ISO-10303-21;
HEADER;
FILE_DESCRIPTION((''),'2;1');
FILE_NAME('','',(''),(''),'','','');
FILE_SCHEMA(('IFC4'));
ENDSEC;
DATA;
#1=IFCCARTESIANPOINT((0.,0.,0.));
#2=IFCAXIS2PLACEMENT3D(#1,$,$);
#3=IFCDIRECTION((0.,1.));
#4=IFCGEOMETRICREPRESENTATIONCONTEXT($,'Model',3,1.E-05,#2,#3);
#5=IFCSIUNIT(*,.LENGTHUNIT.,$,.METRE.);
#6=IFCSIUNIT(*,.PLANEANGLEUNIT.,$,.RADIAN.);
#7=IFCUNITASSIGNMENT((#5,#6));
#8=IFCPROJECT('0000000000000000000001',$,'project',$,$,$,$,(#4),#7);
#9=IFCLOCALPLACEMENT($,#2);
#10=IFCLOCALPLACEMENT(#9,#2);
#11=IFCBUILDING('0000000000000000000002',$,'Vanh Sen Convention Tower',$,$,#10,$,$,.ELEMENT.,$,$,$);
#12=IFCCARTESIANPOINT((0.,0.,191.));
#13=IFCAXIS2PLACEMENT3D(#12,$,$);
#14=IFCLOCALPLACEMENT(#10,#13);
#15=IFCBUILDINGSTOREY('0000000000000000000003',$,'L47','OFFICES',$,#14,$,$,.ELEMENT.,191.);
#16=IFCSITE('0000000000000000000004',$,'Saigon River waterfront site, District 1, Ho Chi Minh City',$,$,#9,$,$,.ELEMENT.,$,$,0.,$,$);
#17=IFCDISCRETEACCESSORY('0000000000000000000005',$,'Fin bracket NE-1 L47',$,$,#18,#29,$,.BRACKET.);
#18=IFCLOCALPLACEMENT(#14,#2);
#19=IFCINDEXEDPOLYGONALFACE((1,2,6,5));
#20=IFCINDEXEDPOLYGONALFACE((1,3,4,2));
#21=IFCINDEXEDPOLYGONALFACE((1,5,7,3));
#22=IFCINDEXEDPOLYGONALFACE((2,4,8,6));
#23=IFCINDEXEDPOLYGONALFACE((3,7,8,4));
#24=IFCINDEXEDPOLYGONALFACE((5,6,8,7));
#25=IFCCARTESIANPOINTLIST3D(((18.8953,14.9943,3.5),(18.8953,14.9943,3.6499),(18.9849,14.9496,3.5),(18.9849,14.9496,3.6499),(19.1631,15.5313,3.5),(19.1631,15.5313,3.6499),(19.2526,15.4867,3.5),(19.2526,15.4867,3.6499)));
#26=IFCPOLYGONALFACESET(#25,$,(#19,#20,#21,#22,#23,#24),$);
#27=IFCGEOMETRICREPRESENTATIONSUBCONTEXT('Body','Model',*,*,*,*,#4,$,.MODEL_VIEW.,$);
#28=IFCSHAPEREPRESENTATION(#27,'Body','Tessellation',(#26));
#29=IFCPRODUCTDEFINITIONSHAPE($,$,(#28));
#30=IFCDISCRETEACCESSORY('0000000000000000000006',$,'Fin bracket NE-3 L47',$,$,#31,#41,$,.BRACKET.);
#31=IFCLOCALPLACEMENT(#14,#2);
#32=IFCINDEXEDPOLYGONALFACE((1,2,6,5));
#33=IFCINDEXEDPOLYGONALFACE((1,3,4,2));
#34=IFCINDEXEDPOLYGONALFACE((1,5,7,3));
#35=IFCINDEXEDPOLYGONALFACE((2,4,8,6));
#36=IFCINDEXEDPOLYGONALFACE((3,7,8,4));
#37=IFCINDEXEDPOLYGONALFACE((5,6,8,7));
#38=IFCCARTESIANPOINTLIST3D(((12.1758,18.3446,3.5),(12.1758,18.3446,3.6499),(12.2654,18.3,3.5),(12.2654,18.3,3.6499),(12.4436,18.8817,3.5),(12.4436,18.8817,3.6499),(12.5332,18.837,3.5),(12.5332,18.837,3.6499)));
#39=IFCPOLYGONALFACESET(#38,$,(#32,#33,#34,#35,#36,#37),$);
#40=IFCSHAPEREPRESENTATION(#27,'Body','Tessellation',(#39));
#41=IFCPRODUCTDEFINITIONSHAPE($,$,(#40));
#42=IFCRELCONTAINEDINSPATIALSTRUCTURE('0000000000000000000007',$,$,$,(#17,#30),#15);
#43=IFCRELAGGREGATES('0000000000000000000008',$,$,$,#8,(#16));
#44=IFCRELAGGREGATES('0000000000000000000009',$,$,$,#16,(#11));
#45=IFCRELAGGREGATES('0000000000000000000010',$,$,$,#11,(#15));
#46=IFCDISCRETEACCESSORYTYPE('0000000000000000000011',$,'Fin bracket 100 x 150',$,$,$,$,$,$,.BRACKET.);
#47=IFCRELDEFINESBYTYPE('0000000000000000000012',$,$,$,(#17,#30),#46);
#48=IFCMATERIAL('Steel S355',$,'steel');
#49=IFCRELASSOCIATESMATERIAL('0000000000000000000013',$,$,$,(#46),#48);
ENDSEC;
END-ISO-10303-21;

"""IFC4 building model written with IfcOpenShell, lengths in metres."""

from ifc_helpers import new_model, si_unit, direction, frame, origin, origin_2d, place, context, subcontext, project, spatial, rectangle, extrude, material, type_object, element, save


model = new_model("IFC4")

# Units and contexts
model_context = context("Model", 3, precision=1e-05, world=origin(), true_north=direction((0.0, 1.0)))
body_context = subcontext(model_context, "Body", "Model", "MODEL_VIEW")
ifc_project = project(units=[si_unit("LENGTHUNIT", "METRE"), si_unit("PLANEANGLEUNIT", "RADIAN")], contexts=[model_context])

# Site, building, storey
site_placement = place(None, origin())
site = spatial("IfcSite", under=ifc_project, at=site_placement, Name="Saigon River waterfront site, District 1, Ho Chi Minh City", CompositionType="ELEMENT", RefElevation=0.0)
building_placement = place(site_placement, origin())
building = spatial("IfcBuilding", under=site, at=building_placement, Name="Vanh Sen Convention Tower", CompositionType="ELEMENT")
storey_placement = place(building_placement, frame((0.0, 0.0, 191.0)))
storey = spatial("IfcBuildingStorey", under=building, at=storey_placement, Name="L47", Description="OFFICES", CompositionType="ELEMENT", Elevation=191.0)

# Discrete accessories
ifc_material_1 = material(Name="Steel S355", Category="steel")
discrete_accessory_type = type_object("IfcDiscreteAccessoryType", Name="Fin bracket 100 x 150", PredefinedType="BRACKET", material=ifc_material_1)
for number, where, z_axis, x_axis, name in (
    (1, (19.074, 15.2405, 3.5), (0.0, 0.0, 1.0), (0.446198, 0.894934, 0.0), "Fin bracket NE-1 L47"),
    (2, (12.3545, 18.5908, 3.5), (0.0, 0.0, 1.0), (0.446198, 0.894934, 0.0), "Fin bracket NE-3 L47"),
):
    element("IfcDiscreteAccessory", number, at=place(storey_placement, frame(where, z_axis=z_axis, x_axis=x_axis)), inside=storey, type_object=discrete_accessory_type, Name=name, PredefinedType="BRACKET", context=body_context, shape_type="SweptSolid", body=[
        extrude(rectangle(XDim=0.6001, YDim=0.1001, at=origin_2d()), origin(), (0.0, 0.0, 1.0), 0.1499),
    ])

save(model, "model.ifc")
